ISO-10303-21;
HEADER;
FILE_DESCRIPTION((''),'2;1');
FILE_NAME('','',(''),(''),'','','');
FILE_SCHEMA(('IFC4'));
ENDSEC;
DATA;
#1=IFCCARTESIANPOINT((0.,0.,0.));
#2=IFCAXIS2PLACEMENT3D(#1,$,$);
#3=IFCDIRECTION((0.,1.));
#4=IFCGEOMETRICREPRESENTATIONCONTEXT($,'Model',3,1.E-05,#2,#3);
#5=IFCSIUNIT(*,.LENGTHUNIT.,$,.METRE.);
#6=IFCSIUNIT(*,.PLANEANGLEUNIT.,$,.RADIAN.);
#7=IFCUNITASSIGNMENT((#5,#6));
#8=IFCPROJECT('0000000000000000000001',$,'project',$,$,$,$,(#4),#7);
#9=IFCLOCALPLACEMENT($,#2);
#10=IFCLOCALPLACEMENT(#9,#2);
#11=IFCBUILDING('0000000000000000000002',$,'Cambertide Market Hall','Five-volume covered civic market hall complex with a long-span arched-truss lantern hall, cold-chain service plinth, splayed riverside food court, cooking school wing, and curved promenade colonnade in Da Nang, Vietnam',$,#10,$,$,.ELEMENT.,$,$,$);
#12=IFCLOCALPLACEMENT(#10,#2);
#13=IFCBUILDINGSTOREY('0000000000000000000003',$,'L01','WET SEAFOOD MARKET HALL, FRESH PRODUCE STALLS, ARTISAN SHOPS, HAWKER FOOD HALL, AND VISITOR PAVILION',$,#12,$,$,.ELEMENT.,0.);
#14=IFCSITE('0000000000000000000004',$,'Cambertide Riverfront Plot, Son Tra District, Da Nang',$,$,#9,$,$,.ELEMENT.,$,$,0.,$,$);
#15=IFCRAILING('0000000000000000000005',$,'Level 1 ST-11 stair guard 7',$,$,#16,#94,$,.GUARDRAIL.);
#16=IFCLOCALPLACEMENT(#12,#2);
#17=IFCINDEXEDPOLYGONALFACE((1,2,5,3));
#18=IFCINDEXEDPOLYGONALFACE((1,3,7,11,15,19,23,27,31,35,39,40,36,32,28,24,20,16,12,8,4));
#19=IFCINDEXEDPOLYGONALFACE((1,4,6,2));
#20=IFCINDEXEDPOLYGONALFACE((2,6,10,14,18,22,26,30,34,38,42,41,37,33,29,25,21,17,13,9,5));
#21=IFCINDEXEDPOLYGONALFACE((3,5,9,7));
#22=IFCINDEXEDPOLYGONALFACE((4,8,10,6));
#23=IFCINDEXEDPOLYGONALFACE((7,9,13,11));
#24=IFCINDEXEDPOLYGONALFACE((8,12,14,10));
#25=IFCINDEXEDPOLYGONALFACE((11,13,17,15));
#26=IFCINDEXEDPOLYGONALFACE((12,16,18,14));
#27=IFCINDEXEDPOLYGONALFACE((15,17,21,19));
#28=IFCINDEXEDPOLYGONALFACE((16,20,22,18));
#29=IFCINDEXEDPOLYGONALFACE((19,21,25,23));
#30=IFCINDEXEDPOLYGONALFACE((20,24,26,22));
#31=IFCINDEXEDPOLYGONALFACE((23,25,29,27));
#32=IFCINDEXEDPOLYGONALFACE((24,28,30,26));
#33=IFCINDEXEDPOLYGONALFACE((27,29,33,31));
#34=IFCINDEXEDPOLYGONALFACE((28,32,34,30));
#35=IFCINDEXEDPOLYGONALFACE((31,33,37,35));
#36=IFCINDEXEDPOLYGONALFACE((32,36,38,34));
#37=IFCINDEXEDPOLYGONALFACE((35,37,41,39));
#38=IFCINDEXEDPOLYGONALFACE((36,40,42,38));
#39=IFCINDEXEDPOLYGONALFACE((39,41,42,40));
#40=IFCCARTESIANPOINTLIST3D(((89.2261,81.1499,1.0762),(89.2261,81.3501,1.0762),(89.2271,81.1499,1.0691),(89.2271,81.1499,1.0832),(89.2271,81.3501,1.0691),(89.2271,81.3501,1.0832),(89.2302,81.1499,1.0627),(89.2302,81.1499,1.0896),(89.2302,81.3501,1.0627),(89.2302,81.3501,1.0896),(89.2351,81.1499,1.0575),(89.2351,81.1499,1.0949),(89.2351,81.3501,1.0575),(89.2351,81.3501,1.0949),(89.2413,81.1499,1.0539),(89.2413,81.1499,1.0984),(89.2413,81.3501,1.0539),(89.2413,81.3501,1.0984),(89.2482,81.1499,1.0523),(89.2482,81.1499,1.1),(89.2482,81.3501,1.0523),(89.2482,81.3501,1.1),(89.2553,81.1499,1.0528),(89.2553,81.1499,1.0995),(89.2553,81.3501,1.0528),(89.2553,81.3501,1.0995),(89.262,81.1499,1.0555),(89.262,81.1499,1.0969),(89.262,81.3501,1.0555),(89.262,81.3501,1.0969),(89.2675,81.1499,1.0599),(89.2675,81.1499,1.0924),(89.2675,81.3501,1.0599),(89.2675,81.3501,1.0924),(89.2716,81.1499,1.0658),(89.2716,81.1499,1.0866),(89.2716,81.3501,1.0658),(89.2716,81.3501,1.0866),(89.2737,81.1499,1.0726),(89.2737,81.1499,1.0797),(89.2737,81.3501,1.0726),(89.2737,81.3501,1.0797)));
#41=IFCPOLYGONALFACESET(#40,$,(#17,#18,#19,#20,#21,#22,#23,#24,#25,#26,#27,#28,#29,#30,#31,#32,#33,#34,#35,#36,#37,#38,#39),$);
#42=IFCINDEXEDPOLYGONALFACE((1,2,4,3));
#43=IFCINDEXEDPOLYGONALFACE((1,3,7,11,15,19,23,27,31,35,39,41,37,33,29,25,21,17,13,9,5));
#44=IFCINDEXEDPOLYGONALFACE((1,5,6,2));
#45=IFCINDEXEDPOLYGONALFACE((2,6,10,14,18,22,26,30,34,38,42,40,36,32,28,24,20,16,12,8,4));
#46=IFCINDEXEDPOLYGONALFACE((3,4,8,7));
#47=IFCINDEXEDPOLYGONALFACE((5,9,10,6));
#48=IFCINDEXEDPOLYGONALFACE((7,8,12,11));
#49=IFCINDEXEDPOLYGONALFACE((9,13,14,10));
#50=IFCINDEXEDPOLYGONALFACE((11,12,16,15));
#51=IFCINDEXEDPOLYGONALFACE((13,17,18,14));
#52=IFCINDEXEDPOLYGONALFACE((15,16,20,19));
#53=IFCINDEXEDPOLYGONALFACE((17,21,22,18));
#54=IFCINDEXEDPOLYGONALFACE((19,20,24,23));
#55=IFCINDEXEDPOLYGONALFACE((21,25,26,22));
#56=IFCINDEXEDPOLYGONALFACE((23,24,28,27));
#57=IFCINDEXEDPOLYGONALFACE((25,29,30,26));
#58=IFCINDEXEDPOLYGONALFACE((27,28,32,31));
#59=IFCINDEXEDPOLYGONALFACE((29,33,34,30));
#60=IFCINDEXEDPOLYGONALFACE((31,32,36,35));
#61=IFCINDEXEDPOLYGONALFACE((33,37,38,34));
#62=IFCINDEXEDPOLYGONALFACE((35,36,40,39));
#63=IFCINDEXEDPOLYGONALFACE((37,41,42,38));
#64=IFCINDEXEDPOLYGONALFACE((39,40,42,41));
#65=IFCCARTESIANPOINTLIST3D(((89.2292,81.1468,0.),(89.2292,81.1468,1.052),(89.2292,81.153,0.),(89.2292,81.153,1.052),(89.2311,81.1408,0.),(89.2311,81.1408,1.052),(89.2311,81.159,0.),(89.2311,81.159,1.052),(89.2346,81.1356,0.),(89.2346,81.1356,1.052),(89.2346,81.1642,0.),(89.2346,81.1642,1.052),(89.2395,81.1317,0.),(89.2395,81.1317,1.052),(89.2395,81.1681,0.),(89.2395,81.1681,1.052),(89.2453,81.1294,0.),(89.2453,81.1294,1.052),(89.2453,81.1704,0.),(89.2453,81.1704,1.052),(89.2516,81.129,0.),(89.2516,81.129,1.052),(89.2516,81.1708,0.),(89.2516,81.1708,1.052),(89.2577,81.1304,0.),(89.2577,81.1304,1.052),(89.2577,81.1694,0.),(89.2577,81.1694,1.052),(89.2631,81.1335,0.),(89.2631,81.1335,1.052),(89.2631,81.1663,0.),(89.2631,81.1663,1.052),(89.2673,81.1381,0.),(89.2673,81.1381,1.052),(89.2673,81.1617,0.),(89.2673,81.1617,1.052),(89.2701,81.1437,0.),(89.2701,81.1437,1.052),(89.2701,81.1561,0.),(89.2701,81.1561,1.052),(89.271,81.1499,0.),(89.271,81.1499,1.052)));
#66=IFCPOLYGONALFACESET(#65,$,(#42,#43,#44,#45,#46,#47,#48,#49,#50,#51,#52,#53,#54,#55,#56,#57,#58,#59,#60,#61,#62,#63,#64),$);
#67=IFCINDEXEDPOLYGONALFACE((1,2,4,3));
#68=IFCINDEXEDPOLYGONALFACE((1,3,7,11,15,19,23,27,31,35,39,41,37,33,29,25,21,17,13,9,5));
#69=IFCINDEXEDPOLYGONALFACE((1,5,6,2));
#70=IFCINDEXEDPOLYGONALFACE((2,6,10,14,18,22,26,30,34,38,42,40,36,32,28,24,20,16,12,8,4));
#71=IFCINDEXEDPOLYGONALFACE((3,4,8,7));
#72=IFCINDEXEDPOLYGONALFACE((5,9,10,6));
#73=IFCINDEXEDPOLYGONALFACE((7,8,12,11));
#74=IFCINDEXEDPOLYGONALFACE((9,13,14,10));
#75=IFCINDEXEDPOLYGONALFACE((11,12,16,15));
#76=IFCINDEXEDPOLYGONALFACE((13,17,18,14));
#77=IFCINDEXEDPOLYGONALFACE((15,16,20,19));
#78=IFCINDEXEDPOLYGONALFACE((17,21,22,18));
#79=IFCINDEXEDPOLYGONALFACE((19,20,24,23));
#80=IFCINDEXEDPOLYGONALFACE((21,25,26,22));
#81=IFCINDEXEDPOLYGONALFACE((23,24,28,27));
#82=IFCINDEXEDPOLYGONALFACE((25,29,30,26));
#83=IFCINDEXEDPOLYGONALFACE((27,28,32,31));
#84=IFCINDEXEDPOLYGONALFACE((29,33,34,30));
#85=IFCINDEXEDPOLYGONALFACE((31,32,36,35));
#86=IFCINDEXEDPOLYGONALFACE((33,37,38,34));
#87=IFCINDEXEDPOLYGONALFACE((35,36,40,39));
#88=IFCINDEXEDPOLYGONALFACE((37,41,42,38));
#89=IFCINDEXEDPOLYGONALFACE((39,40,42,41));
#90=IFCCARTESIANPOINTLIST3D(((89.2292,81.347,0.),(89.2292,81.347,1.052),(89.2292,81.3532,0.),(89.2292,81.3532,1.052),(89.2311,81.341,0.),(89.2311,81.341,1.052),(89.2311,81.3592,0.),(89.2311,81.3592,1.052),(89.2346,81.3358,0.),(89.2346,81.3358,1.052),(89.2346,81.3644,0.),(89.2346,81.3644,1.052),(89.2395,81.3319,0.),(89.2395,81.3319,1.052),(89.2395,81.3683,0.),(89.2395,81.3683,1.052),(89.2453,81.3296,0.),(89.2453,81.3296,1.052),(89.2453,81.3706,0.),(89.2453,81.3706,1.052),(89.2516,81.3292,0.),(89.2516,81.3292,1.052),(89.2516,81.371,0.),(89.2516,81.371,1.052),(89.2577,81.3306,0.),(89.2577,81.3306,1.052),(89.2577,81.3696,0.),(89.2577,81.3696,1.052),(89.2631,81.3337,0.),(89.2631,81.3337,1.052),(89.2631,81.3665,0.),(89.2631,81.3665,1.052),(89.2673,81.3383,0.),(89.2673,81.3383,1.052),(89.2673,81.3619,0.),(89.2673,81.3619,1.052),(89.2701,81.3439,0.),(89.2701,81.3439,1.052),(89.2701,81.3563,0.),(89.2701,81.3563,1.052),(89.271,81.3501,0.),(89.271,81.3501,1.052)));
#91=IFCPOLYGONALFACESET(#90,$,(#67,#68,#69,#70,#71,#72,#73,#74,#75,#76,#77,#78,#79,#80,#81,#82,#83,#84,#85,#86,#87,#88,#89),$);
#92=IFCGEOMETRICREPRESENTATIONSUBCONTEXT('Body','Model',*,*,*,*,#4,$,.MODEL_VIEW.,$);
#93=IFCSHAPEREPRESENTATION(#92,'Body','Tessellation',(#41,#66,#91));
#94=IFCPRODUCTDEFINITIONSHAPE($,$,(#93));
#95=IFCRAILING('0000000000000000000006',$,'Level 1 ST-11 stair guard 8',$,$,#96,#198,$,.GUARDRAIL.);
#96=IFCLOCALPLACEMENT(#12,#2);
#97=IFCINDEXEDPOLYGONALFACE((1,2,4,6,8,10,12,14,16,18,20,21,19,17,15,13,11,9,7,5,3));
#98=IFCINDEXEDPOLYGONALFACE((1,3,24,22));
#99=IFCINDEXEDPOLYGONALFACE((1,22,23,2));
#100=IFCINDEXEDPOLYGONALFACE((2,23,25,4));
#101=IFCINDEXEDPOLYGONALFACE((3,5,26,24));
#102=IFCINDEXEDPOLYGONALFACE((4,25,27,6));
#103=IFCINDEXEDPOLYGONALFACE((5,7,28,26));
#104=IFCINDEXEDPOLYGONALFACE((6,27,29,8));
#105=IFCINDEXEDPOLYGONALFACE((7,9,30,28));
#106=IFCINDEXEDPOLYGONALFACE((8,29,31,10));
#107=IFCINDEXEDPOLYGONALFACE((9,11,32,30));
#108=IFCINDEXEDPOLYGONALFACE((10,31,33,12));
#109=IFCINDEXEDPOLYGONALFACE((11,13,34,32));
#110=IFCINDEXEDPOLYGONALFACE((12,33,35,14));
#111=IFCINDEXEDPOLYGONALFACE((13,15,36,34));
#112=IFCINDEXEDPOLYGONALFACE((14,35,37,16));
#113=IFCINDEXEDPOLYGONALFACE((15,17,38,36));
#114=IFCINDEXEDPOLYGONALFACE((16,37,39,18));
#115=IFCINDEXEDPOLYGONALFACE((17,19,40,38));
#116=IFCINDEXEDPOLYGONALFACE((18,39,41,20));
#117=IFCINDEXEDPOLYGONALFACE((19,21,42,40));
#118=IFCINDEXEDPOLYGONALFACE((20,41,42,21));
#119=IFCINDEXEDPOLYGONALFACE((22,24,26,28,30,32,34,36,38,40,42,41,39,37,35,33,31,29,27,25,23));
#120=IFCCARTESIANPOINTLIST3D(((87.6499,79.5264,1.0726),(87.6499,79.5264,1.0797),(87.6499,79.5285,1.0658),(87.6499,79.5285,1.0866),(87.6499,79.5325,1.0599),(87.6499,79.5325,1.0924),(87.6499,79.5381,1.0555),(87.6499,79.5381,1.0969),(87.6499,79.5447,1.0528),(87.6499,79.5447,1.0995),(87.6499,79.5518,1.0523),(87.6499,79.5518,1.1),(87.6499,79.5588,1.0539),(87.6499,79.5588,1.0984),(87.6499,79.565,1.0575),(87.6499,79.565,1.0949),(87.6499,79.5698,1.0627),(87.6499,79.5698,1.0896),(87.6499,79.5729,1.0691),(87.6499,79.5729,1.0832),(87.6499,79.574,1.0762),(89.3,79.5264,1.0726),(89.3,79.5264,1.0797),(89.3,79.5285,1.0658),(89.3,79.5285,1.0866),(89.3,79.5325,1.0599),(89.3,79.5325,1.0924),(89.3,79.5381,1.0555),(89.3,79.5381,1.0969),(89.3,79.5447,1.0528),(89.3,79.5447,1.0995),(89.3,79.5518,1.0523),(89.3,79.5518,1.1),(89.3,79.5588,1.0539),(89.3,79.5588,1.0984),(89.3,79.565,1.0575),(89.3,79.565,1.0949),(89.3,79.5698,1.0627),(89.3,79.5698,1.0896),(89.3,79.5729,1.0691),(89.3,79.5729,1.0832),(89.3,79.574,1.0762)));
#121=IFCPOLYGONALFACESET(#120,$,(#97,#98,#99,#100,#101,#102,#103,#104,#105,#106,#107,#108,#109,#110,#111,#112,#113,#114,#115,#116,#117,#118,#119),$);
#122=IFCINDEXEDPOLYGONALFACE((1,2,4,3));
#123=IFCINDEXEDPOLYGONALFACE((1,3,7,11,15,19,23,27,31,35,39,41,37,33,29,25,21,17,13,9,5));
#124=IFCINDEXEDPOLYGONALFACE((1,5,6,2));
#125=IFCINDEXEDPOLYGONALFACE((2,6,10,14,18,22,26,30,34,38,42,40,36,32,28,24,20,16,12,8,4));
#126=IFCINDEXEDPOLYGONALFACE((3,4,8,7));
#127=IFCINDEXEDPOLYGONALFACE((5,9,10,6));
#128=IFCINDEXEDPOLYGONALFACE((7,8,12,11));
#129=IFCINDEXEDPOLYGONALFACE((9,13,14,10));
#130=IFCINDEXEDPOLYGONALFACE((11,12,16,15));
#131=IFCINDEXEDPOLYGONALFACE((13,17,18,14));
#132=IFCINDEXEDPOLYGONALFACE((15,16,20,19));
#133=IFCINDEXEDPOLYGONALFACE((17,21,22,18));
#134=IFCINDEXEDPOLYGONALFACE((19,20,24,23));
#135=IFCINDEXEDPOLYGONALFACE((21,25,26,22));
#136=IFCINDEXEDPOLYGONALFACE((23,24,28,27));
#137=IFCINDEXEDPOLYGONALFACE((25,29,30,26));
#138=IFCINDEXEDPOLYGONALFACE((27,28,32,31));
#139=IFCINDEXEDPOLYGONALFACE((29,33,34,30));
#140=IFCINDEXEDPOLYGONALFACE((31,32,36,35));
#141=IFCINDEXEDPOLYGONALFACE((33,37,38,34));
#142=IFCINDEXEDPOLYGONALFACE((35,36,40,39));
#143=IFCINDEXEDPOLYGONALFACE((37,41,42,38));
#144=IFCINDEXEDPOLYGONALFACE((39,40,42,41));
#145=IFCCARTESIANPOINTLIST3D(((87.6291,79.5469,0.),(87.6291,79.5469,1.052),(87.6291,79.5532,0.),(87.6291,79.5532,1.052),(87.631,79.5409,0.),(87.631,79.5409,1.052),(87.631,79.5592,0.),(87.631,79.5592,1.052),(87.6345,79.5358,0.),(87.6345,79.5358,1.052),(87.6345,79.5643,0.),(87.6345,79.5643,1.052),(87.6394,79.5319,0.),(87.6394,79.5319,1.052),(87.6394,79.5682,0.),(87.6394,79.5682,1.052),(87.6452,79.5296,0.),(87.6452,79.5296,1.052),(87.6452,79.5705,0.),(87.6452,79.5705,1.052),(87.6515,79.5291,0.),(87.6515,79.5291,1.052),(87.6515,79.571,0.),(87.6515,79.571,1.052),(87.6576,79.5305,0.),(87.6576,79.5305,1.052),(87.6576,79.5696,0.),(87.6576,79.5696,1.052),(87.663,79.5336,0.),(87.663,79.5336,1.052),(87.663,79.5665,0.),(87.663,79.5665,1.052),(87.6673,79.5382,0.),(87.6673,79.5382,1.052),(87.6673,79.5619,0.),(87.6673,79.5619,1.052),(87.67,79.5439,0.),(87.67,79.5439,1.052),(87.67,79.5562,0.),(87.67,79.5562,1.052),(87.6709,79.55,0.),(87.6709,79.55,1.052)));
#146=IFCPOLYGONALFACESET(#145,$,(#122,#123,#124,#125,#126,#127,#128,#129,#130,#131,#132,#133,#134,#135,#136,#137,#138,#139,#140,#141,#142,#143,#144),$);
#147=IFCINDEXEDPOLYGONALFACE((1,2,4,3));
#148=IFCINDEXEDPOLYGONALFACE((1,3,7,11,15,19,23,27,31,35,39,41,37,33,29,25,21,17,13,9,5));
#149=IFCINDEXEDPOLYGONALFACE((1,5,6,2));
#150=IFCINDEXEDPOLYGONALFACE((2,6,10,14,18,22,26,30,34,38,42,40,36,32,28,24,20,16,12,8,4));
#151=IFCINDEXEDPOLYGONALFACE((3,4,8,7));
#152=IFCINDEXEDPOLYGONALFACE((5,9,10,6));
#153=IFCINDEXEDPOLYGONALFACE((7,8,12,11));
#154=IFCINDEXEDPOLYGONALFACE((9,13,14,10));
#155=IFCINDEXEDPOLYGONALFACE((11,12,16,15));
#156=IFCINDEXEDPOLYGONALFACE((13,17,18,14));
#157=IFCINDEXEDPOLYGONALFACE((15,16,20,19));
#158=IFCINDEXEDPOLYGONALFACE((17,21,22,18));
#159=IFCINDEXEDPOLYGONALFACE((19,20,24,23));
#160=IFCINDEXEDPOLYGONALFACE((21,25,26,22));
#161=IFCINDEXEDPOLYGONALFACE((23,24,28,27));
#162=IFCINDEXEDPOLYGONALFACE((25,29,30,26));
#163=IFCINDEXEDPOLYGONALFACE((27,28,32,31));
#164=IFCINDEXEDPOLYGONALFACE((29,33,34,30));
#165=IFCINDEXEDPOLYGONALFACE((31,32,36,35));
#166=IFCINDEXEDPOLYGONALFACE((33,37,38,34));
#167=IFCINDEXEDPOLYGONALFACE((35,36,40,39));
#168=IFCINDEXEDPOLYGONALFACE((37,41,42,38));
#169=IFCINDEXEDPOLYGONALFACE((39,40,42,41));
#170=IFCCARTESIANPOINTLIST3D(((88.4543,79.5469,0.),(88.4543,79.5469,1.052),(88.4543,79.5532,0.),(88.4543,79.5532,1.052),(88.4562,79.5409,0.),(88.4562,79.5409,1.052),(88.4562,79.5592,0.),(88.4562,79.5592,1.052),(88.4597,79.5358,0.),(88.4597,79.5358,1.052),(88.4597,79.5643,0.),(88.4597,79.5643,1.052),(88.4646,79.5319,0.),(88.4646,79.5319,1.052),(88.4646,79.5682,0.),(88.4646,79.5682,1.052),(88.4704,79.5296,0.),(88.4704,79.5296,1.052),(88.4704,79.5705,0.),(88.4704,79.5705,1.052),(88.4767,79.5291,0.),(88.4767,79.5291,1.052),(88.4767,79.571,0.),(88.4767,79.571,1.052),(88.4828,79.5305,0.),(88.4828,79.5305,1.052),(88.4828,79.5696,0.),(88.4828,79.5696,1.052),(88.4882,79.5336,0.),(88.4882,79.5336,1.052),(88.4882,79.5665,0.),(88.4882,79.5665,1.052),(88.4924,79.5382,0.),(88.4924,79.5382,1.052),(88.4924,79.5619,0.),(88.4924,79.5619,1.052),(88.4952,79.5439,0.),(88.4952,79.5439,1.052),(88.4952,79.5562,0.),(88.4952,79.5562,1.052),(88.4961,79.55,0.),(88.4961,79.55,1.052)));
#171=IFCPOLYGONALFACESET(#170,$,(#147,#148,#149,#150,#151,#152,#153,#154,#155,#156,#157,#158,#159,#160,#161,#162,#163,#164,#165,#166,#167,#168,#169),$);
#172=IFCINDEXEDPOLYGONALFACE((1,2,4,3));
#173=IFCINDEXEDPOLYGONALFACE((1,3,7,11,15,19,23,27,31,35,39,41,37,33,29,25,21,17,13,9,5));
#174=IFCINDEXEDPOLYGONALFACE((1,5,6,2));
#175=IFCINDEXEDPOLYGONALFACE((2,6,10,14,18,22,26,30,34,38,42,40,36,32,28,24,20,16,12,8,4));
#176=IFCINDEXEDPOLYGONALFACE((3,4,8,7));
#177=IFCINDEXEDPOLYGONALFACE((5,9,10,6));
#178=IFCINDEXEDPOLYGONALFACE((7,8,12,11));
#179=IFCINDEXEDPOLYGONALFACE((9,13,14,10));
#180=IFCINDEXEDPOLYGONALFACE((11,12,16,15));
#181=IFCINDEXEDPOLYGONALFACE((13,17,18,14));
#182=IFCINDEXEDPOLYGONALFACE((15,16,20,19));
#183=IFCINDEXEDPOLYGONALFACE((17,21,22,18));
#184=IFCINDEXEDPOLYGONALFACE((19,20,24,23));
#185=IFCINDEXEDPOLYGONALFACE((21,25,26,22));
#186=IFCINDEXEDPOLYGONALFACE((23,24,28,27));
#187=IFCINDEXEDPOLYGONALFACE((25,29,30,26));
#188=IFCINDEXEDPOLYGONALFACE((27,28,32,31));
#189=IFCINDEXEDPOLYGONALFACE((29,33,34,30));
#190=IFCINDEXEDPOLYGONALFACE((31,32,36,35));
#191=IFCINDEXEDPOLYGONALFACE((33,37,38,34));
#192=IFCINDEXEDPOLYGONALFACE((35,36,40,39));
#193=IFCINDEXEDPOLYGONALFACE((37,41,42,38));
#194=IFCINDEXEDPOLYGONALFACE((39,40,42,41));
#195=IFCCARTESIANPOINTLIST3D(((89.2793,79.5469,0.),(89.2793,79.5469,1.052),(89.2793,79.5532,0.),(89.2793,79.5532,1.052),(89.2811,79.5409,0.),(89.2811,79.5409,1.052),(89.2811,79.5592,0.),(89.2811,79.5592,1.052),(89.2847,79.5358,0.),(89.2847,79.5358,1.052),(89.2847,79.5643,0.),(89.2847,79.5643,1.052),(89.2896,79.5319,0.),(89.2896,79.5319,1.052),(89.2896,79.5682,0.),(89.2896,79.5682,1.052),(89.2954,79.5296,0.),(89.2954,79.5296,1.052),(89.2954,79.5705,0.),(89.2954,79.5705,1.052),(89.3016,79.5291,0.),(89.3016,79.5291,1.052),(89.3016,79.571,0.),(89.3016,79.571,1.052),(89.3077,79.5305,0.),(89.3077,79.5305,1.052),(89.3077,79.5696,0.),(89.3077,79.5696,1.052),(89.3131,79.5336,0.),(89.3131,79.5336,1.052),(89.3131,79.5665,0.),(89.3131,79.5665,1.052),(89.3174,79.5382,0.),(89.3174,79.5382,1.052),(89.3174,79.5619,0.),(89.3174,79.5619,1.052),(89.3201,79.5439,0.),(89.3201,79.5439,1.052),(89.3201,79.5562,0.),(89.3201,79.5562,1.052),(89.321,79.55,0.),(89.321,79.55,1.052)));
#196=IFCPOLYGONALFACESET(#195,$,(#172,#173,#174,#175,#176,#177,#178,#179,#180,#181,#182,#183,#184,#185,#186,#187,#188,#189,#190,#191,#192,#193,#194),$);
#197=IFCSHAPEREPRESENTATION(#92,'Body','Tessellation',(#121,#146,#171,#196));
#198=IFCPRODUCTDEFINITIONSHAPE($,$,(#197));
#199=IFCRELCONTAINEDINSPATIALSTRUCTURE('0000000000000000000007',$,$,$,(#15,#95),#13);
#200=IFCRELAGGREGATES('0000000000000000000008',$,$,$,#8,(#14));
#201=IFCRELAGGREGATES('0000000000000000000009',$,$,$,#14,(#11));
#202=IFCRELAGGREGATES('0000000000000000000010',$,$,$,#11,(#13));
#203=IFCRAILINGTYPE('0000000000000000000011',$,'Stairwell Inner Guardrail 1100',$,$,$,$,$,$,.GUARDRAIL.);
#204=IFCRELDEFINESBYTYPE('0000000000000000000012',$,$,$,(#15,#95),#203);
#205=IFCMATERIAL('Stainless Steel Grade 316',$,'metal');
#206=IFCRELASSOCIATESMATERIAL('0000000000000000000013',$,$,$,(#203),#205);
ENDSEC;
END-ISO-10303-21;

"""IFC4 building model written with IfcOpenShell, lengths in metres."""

from ifc_helpers import new_model, si_unit, direction, frame, origin, origin_2d, place, context, subcontext, project, spatial, circle, extrude, material, type_object, element, save


model = new_model("IFC4")

# Units and contexts
model_context = context("Model", 3, precision=1e-05, world=origin(), true_north=direction((0.0, 1.0)))
body_context = subcontext(model_context, "Body", "Model", "MODEL_VIEW")
ifc_project = project(units=[si_unit("LENGTHUNIT", "METRE"), si_unit("PLANEANGLEUNIT", "RADIAN")], contexts=[model_context])

# Site, building, storey
site_placement = place(None, origin())
site = spatial("IfcSite", under=ifc_project, at=site_placement, Name="Cambertide Riverfront Plot, Son Tra District, Da Nang", CompositionType="ELEMENT", RefElevation=0.0)
building_placement = place(site_placement, origin())
building = spatial("IfcBuilding", under=site, at=building_placement, Name="Cambertide Market Hall", Description="Five-volume covered civic market hall complex with a long-span arched-truss lantern hall, cold-chain service plinth, splayed riverside food court, cooking school wing, and curved promenade colonnade in Da Nang, Vietnam", CompositionType="ELEMENT")
storey_placement = place(building_placement, origin())
storey = spatial("IfcBuildingStorey", under=building, at=storey_placement, Name="L01", Description="WET SEAFOOD MARKET HALL, FRESH PRODUCE STALLS, ARTISAN SHOPS, HAWKER FOOD HALL, AND VISITOR PAVILION", CompositionType="ELEMENT", Elevation=0.0)

# Railings
ifc_material_1 = material(Name="Stainless Steel Grade 316", Category="metal")
railing_type_1 = type_object("IfcRailingType", Name="Stairwell Inner Guardrail 1100", PredefinedType="GUARDRAIL", material=ifc_material_1)
railing_1_placement = place(storey_placement, frame((89.25, 81.1499, 0.0)))
element("IfcRailing", 1, at=railing_1_placement, inside=storey, type_object=railing_type_1, Name="Level 1 ST-11 stair guard 7", PredefinedType="GUARDRAIL", context=body_context, shape_type="SweptSolid", body=[
    extrude(circle(Radius=0.0239, at=origin_2d()), frame((0.0, 0.0, 1.0762), z_axis=(0.0, 1.0, 0.0), x_axis=(-1.0, 0.0, 0.0)), (0.0, 0.0, 1.0), 0.2002),
    extrude(circle(Radius=0.021, at=origin_2d()), origin(), (0.0, 0.0, 1.0), 1.052),
    extrude(circle(Radius=0.021, at=origin_2d()), frame((0.0, 0.2002, 0.0)), (0.0, 0.0, 1.0), 1.052),
])
for number, where, name in (
    (2, (87.6499, 79.55, 0.0), "Level 1 ST-11 stair guard 8"),
):
    element("IfcRailing", number, at=place(storey_placement, frame(where)), inside=storey, type_object=railing_type_1, Name=name, PredefinedType="GUARDRAIL", context=body_context, shape_type="SweptSolid", body=[
        extrude(circle(Radius=0.0239, at=origin_2d()), frame((0.0, 0.0, 1.0762), z_axis=(1.0, 0.0, 0.0), x_axis=(0.0, 1.0, 0.0)), (0.0, 0.0, 1.0), 1.6501),
        extrude(circle(Radius=0.021, at=origin_2d()), origin(), (0.0, 0.0, 1.0), 1.052),
        extrude(circle(Radius=0.021, at=origin_2d()), frame((0.8252, 0.0, 0.0)), (0.0, 0.0, 1.0), 1.052),
        extrude(circle(Radius=0.021, at=origin_2d()), frame((1.6501, 0.0, 0.0)), (0.0, 0.0, 1.0), 1.052),
    ])

save(model, "model.ifc")
